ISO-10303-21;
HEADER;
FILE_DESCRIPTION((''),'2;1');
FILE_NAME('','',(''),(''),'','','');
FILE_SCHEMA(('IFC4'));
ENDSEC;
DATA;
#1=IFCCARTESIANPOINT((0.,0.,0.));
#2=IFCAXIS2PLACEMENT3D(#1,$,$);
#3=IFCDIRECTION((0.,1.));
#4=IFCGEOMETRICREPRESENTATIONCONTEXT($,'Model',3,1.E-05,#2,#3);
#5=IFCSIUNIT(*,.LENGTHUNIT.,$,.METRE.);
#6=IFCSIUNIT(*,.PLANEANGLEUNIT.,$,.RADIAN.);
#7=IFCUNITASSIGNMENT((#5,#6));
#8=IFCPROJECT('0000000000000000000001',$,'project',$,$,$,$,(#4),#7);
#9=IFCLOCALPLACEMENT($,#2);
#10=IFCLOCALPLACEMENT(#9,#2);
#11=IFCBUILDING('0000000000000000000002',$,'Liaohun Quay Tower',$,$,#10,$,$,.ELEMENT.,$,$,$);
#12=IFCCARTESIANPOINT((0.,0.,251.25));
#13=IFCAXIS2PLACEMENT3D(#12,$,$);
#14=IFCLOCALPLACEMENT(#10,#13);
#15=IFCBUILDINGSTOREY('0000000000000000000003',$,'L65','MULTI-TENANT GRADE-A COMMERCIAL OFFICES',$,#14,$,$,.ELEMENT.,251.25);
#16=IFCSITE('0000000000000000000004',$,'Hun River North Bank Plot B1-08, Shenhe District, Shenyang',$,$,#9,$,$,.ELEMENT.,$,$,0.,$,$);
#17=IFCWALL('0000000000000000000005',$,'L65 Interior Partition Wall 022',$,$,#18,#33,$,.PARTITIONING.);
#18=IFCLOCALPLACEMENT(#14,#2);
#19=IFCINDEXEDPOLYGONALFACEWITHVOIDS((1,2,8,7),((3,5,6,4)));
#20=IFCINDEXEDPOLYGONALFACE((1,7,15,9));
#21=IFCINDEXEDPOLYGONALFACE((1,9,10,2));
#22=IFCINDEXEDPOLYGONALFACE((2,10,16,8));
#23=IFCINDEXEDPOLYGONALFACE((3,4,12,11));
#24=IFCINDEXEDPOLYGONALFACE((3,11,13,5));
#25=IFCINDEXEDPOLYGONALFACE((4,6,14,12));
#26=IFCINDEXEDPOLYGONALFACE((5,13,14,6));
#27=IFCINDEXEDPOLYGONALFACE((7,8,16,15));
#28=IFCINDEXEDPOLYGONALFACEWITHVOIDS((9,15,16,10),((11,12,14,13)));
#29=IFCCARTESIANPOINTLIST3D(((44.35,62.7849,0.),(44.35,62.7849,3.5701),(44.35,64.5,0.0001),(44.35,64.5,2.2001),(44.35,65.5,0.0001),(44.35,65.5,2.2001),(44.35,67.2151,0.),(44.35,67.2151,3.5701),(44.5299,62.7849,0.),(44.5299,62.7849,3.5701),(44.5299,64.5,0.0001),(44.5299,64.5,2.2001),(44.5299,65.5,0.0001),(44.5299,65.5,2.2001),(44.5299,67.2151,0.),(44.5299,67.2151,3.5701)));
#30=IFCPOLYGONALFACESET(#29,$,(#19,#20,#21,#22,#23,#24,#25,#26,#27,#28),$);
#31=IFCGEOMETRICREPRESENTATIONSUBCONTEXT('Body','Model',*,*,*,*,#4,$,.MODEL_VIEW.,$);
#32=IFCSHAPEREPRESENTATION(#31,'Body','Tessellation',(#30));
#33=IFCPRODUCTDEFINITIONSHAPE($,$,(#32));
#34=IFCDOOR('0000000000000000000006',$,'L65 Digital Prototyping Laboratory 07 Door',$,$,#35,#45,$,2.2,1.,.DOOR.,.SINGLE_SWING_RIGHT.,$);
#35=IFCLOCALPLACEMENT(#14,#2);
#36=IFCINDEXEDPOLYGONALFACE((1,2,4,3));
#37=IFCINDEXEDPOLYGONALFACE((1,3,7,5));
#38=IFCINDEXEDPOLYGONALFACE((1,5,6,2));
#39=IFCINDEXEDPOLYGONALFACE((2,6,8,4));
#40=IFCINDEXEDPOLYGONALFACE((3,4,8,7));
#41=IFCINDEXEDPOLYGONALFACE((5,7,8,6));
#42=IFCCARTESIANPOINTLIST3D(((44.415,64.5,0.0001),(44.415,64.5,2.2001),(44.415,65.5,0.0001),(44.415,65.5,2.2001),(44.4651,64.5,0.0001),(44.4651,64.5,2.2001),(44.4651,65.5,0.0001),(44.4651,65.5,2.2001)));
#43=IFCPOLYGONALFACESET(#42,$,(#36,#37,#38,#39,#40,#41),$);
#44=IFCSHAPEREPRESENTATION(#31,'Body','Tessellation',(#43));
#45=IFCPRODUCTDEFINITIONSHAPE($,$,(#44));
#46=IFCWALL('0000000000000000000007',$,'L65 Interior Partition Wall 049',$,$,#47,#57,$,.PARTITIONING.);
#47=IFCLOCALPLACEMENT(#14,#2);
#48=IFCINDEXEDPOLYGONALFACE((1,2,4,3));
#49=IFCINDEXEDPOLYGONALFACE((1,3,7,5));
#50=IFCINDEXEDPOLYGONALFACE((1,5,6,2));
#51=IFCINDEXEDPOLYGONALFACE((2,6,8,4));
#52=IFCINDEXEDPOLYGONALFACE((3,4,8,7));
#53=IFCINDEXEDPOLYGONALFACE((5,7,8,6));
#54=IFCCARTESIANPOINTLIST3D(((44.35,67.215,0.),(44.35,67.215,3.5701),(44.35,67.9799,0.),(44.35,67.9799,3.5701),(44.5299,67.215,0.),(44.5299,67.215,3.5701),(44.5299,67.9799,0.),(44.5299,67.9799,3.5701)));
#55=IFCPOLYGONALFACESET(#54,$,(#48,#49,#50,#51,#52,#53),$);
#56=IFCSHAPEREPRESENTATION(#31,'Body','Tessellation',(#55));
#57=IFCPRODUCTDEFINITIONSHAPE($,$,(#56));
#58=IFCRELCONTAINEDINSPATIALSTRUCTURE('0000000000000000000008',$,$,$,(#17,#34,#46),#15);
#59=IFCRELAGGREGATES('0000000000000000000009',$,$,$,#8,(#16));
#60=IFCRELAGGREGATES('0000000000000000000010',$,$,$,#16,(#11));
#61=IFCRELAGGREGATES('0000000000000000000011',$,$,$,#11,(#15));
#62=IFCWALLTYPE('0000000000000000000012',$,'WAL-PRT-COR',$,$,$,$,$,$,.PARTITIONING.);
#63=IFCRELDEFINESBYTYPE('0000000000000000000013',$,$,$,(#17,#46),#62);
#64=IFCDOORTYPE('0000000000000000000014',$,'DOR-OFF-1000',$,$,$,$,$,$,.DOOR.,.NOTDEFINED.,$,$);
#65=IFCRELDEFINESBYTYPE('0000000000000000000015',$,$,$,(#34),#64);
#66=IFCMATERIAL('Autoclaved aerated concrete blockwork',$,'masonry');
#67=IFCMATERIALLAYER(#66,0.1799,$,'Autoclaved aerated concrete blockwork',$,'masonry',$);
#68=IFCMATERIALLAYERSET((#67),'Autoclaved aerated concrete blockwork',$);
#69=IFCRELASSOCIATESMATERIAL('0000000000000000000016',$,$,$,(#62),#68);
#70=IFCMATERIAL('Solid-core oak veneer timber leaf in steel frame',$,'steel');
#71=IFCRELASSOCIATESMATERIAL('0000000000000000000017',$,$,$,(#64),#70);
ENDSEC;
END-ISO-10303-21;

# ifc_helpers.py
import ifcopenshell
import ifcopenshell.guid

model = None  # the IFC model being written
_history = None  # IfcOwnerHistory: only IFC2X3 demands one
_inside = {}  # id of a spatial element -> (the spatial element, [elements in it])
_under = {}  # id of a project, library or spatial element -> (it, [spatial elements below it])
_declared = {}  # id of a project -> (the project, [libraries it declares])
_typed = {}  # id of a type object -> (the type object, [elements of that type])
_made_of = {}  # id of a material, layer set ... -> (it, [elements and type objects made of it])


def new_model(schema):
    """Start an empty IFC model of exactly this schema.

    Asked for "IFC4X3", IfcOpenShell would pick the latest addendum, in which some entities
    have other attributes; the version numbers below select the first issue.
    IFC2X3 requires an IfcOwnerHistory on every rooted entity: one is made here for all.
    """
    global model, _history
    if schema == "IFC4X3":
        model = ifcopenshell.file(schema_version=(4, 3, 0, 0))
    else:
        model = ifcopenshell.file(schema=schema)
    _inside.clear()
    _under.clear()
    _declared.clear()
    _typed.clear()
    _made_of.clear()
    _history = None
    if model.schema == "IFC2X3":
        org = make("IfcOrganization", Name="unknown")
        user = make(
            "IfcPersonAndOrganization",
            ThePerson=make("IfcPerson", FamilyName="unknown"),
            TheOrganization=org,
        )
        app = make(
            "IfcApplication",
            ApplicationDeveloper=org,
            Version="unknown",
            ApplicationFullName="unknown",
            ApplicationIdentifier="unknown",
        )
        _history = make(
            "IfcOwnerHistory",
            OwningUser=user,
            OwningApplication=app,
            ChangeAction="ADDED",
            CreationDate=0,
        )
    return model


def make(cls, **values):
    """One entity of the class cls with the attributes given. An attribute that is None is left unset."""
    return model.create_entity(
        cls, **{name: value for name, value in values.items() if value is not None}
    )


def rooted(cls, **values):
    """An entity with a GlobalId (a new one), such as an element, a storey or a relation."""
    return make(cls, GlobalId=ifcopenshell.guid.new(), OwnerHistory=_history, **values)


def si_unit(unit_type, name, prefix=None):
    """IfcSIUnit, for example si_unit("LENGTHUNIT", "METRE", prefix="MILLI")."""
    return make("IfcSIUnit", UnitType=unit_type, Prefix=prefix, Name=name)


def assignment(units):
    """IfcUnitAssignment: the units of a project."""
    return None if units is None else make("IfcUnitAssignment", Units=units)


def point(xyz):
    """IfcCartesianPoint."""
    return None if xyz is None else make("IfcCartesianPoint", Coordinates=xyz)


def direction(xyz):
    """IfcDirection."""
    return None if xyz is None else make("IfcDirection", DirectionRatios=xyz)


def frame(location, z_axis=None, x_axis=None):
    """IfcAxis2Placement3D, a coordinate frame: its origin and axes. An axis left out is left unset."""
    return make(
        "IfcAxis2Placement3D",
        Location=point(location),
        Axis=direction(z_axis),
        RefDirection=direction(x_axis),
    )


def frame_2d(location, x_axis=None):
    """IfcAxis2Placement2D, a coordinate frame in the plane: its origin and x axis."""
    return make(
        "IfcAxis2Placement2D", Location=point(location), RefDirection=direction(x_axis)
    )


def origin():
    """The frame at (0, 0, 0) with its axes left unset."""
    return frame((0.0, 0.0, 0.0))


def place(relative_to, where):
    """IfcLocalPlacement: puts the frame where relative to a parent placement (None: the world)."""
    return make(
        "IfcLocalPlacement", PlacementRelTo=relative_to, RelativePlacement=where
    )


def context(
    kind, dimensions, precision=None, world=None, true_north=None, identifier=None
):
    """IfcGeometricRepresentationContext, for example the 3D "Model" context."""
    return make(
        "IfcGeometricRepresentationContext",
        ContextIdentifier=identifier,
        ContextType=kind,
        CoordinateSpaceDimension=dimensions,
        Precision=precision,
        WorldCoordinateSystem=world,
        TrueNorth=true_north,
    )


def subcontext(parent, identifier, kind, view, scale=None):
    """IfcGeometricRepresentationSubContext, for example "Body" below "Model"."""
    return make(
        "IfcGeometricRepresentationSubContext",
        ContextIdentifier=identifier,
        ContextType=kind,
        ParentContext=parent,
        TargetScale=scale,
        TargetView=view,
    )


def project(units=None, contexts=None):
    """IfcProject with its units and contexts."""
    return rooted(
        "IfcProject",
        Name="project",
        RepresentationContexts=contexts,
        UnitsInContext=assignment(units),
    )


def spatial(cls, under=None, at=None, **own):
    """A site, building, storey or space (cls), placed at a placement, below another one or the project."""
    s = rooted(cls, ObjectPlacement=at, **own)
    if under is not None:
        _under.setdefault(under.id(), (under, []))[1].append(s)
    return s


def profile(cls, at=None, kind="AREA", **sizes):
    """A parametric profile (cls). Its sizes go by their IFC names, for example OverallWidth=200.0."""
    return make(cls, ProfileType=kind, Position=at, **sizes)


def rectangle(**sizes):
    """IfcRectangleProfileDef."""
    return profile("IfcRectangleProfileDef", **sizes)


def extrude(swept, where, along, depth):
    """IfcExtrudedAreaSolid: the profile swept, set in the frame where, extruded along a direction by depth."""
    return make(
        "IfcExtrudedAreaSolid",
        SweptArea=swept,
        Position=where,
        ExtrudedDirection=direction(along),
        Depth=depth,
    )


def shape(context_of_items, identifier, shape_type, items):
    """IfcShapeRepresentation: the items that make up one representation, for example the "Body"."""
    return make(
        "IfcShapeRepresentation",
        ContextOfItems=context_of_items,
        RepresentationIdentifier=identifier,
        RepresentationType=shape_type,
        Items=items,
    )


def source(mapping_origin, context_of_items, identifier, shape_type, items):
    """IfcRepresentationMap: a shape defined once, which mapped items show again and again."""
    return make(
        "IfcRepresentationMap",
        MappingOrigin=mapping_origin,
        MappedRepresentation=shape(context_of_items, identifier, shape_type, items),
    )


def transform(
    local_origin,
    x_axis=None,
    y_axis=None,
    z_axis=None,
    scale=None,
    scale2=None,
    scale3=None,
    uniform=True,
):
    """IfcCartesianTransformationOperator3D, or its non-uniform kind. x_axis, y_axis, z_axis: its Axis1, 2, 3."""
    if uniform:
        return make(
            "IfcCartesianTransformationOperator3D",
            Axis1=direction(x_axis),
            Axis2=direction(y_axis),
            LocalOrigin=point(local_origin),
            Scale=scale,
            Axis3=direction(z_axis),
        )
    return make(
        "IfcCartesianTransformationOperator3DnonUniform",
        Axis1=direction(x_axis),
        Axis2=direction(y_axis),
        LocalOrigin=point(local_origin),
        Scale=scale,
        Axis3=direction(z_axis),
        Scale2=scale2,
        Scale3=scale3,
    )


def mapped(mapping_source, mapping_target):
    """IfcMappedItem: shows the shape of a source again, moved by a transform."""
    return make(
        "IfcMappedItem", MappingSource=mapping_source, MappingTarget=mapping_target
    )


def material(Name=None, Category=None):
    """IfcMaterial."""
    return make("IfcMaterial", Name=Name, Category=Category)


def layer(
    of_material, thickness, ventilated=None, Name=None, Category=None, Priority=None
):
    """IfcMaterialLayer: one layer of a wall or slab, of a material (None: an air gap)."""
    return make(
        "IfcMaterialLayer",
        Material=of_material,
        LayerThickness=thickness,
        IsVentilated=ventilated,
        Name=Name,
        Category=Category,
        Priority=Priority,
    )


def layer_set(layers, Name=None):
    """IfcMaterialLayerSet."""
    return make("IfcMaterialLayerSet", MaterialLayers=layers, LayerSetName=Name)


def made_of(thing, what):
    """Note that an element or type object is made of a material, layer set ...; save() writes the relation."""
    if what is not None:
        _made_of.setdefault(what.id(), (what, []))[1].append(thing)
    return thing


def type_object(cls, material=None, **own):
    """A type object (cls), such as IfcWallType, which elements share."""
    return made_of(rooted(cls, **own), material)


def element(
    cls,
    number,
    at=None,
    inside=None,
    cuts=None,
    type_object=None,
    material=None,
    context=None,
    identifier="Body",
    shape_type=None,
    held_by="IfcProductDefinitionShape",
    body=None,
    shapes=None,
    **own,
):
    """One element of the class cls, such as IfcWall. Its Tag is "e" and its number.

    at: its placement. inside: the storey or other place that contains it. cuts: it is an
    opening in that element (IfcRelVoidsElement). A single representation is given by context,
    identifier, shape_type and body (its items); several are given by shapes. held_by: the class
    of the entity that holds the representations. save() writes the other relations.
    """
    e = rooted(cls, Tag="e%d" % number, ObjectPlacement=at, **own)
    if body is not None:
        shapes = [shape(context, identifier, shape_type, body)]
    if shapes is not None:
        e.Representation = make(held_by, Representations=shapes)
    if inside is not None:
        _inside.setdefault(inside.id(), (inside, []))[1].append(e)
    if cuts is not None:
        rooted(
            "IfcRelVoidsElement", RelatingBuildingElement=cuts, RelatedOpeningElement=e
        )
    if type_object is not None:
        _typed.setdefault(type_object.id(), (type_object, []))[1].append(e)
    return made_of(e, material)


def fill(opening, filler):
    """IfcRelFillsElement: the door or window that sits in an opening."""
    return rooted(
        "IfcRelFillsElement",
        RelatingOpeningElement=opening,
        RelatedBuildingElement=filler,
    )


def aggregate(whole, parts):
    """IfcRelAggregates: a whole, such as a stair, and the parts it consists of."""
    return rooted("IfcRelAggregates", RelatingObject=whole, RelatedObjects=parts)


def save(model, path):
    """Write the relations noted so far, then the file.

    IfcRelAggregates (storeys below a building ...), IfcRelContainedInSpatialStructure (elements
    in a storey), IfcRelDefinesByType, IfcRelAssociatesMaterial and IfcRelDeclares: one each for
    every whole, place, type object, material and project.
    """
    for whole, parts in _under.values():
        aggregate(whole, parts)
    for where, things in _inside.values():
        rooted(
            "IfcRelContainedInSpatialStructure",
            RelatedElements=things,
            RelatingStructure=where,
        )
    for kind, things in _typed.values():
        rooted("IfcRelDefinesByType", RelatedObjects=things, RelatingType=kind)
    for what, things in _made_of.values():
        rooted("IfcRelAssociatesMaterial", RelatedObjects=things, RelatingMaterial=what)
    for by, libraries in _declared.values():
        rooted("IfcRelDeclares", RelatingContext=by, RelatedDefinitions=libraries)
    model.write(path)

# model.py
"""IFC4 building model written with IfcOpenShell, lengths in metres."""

from ifc_helpers import new_model, si_unit, direction, frame, frame_2d, origin, place, context, subcontext, project, spatial, rectangle, extrude, source, transform, mapped, material, layer, layer_set, type_object, element, fill, save


model = new_model("IFC4")

# Units and contexts
model_context = context("Model", 3, precision=1e-05, world=origin(), true_north=direction((0.0, 1.0)))
body_context = subcontext(model_context, "Body", "Model", "MODEL_VIEW")
ifc_project = project(units=[si_unit("LENGTHUNIT", "METRE"), si_unit("PLANEANGLEUNIT", "RADIAN")], contexts=[model_context])

# Site, building, storey
site_placement = place(None, origin())
site = spatial("IfcSite", under=ifc_project, at=site_placement, Name="Hun River North Bank Plot B1-08, Shenhe District, Shenyang", CompositionType="ELEMENT", RefElevation=0.0)
building_placement = place(site_placement, origin())
building = spatial("IfcBuilding", under=site, at=building_placement, Name="Liaohun Quay Tower", CompositionType="ELEMENT")
storey_placement = place(building_placement, frame((0.0, 0.0, 251.25)))
storey = spatial("IfcBuildingStorey", under=building, at=storey_placement, Name="L65", Description="MULTI-TENANT GRADE-A COMMERCIAL OFFICES", CompositionType="ELEMENT", Elevation=251.25)

# Wall, opening, door
ifc_material_1 = material(Name="Autoclaved aerated concrete blockwork", Category="masonry")
ifc_layer_1 = layer(ifc_material_1, 0.1799, Name="Autoclaved aerated concrete blockwork", Category="masonry")
ifc_layer_set_1 = layer_set([ifc_layer_1], Name="Autoclaved aerated concrete blockwork")
wall_type_1 = type_object("IfcWallType", Name="WAL-PRT-COR", PredefinedType="PARTITIONING", material=ifc_layer_set_1)
wall_1_placement = place(storey_placement, frame((44.4399, 62.7849, 0.0), z_axis=(0.0, 0.0, 1.0), x_axis=(0.0, 1.0, 0.0)))
wall_1 = element("IfcWall", 1, at=wall_1_placement, inside=storey, type_object=wall_type_1, Name="L65 Interior Partition Wall 022", PredefinedType="PARTITIONING", context=body_context, shape_type="SweptSolid", body=[
    extrude(rectangle(XDim=4.4302, YDim=0.1799, at=frame_2d((2.2151, 0.0))), origin(), (0.0, 0.0, 1.0), 3.5701),
])
shared_shape_1 = source(origin(), body_context, "Body", "SweptSolid", [
    extrude(rectangle(XDim=1.0, YDim=2.2, at=frame_2d((0.5, 1.1001))), frame((0.0, 0.0999, 0.0), z_axis=(0.0, -1.0, 0.0), x_axis=(1.0, 0.0, 0.0)), (0.0, 0.0, 1.0), 0.2),
])
opening_1_placement = place(wall_1_placement, frame((1.7151, 0.0, 0.0)))
opening_1 = element("IfcOpeningElement", 2, at=opening_1_placement, cuts=wall_1, PredefinedType="OPENING", context=body_context, shape_type="MappedRepresentation", body=[
    mapped(shared_shape_1, transform((0.0, 0.0, 0.0), x_axis=(1.0, 0.0, 0.0), y_axis=(0.0, 1.0, 0.0), z_axis=(0.0, 0.0, 1.0), scale=1.0)),
])
ifc_material_2 = material(Name="Solid-core oak veneer timber leaf in steel frame", Category="steel")
door_type_1 = type_object("IfcDoorType", Name="DOR-OFF-1000", OperationType="NOTDEFINED", PredefinedType="DOOR", material=ifc_material_2)
shared_shape_2 = source(origin(), body_context, "Body", "SweptSolid", [
    extrude(rectangle(XDim=1.0, YDim=2.2, at=frame_2d((0.5, 1.1001))), frame((0.0, 0.0249, 0.0), z_axis=(0.0, -1.0, 0.0), x_axis=(1.0, 0.0, 0.0)), (0.0, 0.0, 1.0), 0.05),
])
door_1_placement = place(opening_1_placement, origin())
door_1 = element("IfcDoor", 3, at=door_1_placement, inside=storey, type_object=door_type_1, Name="L65 Digital Prototyping Laboratory 07 Door", OperationType="SINGLE_SWING_RIGHT", OverallHeight=2.2, OverallWidth=1.0, PredefinedType="DOOR", context=body_context, shape_type="MappedRepresentation", body=[
    mapped(shared_shape_2, transform((0.0, 0.0, 0.0), x_axis=(1.0, 0.0, 0.0), y_axis=(0.0, 1.0, 0.0), z_axis=(0.0, 0.0, 1.0), scale=1.0)),
])
fill(opening_1, door_1)

# Wall
wall_2_placement = place(storey_placement, frame((44.4399, 67.2151, 0.0), z_axis=(0.0, 0.0, 1.0), x_axis=(0.0, 1.0, 0.0)))
element("IfcWall", 4, at=wall_2_placement, inside=storey, type_object=wall_type_1, Name="L65 Interior Partition Wall 049", PredefinedType="PARTITIONING", context=body_context, shape_type="SweptSolid", body=[
    extrude(rectangle(XDim=0.7649, YDim=0.1799, at=frame_2d((0.3823, 0.0))), origin(), (0.0, 0.0, 1.0), 3.5701),
])

save(model, "model.ifc")
